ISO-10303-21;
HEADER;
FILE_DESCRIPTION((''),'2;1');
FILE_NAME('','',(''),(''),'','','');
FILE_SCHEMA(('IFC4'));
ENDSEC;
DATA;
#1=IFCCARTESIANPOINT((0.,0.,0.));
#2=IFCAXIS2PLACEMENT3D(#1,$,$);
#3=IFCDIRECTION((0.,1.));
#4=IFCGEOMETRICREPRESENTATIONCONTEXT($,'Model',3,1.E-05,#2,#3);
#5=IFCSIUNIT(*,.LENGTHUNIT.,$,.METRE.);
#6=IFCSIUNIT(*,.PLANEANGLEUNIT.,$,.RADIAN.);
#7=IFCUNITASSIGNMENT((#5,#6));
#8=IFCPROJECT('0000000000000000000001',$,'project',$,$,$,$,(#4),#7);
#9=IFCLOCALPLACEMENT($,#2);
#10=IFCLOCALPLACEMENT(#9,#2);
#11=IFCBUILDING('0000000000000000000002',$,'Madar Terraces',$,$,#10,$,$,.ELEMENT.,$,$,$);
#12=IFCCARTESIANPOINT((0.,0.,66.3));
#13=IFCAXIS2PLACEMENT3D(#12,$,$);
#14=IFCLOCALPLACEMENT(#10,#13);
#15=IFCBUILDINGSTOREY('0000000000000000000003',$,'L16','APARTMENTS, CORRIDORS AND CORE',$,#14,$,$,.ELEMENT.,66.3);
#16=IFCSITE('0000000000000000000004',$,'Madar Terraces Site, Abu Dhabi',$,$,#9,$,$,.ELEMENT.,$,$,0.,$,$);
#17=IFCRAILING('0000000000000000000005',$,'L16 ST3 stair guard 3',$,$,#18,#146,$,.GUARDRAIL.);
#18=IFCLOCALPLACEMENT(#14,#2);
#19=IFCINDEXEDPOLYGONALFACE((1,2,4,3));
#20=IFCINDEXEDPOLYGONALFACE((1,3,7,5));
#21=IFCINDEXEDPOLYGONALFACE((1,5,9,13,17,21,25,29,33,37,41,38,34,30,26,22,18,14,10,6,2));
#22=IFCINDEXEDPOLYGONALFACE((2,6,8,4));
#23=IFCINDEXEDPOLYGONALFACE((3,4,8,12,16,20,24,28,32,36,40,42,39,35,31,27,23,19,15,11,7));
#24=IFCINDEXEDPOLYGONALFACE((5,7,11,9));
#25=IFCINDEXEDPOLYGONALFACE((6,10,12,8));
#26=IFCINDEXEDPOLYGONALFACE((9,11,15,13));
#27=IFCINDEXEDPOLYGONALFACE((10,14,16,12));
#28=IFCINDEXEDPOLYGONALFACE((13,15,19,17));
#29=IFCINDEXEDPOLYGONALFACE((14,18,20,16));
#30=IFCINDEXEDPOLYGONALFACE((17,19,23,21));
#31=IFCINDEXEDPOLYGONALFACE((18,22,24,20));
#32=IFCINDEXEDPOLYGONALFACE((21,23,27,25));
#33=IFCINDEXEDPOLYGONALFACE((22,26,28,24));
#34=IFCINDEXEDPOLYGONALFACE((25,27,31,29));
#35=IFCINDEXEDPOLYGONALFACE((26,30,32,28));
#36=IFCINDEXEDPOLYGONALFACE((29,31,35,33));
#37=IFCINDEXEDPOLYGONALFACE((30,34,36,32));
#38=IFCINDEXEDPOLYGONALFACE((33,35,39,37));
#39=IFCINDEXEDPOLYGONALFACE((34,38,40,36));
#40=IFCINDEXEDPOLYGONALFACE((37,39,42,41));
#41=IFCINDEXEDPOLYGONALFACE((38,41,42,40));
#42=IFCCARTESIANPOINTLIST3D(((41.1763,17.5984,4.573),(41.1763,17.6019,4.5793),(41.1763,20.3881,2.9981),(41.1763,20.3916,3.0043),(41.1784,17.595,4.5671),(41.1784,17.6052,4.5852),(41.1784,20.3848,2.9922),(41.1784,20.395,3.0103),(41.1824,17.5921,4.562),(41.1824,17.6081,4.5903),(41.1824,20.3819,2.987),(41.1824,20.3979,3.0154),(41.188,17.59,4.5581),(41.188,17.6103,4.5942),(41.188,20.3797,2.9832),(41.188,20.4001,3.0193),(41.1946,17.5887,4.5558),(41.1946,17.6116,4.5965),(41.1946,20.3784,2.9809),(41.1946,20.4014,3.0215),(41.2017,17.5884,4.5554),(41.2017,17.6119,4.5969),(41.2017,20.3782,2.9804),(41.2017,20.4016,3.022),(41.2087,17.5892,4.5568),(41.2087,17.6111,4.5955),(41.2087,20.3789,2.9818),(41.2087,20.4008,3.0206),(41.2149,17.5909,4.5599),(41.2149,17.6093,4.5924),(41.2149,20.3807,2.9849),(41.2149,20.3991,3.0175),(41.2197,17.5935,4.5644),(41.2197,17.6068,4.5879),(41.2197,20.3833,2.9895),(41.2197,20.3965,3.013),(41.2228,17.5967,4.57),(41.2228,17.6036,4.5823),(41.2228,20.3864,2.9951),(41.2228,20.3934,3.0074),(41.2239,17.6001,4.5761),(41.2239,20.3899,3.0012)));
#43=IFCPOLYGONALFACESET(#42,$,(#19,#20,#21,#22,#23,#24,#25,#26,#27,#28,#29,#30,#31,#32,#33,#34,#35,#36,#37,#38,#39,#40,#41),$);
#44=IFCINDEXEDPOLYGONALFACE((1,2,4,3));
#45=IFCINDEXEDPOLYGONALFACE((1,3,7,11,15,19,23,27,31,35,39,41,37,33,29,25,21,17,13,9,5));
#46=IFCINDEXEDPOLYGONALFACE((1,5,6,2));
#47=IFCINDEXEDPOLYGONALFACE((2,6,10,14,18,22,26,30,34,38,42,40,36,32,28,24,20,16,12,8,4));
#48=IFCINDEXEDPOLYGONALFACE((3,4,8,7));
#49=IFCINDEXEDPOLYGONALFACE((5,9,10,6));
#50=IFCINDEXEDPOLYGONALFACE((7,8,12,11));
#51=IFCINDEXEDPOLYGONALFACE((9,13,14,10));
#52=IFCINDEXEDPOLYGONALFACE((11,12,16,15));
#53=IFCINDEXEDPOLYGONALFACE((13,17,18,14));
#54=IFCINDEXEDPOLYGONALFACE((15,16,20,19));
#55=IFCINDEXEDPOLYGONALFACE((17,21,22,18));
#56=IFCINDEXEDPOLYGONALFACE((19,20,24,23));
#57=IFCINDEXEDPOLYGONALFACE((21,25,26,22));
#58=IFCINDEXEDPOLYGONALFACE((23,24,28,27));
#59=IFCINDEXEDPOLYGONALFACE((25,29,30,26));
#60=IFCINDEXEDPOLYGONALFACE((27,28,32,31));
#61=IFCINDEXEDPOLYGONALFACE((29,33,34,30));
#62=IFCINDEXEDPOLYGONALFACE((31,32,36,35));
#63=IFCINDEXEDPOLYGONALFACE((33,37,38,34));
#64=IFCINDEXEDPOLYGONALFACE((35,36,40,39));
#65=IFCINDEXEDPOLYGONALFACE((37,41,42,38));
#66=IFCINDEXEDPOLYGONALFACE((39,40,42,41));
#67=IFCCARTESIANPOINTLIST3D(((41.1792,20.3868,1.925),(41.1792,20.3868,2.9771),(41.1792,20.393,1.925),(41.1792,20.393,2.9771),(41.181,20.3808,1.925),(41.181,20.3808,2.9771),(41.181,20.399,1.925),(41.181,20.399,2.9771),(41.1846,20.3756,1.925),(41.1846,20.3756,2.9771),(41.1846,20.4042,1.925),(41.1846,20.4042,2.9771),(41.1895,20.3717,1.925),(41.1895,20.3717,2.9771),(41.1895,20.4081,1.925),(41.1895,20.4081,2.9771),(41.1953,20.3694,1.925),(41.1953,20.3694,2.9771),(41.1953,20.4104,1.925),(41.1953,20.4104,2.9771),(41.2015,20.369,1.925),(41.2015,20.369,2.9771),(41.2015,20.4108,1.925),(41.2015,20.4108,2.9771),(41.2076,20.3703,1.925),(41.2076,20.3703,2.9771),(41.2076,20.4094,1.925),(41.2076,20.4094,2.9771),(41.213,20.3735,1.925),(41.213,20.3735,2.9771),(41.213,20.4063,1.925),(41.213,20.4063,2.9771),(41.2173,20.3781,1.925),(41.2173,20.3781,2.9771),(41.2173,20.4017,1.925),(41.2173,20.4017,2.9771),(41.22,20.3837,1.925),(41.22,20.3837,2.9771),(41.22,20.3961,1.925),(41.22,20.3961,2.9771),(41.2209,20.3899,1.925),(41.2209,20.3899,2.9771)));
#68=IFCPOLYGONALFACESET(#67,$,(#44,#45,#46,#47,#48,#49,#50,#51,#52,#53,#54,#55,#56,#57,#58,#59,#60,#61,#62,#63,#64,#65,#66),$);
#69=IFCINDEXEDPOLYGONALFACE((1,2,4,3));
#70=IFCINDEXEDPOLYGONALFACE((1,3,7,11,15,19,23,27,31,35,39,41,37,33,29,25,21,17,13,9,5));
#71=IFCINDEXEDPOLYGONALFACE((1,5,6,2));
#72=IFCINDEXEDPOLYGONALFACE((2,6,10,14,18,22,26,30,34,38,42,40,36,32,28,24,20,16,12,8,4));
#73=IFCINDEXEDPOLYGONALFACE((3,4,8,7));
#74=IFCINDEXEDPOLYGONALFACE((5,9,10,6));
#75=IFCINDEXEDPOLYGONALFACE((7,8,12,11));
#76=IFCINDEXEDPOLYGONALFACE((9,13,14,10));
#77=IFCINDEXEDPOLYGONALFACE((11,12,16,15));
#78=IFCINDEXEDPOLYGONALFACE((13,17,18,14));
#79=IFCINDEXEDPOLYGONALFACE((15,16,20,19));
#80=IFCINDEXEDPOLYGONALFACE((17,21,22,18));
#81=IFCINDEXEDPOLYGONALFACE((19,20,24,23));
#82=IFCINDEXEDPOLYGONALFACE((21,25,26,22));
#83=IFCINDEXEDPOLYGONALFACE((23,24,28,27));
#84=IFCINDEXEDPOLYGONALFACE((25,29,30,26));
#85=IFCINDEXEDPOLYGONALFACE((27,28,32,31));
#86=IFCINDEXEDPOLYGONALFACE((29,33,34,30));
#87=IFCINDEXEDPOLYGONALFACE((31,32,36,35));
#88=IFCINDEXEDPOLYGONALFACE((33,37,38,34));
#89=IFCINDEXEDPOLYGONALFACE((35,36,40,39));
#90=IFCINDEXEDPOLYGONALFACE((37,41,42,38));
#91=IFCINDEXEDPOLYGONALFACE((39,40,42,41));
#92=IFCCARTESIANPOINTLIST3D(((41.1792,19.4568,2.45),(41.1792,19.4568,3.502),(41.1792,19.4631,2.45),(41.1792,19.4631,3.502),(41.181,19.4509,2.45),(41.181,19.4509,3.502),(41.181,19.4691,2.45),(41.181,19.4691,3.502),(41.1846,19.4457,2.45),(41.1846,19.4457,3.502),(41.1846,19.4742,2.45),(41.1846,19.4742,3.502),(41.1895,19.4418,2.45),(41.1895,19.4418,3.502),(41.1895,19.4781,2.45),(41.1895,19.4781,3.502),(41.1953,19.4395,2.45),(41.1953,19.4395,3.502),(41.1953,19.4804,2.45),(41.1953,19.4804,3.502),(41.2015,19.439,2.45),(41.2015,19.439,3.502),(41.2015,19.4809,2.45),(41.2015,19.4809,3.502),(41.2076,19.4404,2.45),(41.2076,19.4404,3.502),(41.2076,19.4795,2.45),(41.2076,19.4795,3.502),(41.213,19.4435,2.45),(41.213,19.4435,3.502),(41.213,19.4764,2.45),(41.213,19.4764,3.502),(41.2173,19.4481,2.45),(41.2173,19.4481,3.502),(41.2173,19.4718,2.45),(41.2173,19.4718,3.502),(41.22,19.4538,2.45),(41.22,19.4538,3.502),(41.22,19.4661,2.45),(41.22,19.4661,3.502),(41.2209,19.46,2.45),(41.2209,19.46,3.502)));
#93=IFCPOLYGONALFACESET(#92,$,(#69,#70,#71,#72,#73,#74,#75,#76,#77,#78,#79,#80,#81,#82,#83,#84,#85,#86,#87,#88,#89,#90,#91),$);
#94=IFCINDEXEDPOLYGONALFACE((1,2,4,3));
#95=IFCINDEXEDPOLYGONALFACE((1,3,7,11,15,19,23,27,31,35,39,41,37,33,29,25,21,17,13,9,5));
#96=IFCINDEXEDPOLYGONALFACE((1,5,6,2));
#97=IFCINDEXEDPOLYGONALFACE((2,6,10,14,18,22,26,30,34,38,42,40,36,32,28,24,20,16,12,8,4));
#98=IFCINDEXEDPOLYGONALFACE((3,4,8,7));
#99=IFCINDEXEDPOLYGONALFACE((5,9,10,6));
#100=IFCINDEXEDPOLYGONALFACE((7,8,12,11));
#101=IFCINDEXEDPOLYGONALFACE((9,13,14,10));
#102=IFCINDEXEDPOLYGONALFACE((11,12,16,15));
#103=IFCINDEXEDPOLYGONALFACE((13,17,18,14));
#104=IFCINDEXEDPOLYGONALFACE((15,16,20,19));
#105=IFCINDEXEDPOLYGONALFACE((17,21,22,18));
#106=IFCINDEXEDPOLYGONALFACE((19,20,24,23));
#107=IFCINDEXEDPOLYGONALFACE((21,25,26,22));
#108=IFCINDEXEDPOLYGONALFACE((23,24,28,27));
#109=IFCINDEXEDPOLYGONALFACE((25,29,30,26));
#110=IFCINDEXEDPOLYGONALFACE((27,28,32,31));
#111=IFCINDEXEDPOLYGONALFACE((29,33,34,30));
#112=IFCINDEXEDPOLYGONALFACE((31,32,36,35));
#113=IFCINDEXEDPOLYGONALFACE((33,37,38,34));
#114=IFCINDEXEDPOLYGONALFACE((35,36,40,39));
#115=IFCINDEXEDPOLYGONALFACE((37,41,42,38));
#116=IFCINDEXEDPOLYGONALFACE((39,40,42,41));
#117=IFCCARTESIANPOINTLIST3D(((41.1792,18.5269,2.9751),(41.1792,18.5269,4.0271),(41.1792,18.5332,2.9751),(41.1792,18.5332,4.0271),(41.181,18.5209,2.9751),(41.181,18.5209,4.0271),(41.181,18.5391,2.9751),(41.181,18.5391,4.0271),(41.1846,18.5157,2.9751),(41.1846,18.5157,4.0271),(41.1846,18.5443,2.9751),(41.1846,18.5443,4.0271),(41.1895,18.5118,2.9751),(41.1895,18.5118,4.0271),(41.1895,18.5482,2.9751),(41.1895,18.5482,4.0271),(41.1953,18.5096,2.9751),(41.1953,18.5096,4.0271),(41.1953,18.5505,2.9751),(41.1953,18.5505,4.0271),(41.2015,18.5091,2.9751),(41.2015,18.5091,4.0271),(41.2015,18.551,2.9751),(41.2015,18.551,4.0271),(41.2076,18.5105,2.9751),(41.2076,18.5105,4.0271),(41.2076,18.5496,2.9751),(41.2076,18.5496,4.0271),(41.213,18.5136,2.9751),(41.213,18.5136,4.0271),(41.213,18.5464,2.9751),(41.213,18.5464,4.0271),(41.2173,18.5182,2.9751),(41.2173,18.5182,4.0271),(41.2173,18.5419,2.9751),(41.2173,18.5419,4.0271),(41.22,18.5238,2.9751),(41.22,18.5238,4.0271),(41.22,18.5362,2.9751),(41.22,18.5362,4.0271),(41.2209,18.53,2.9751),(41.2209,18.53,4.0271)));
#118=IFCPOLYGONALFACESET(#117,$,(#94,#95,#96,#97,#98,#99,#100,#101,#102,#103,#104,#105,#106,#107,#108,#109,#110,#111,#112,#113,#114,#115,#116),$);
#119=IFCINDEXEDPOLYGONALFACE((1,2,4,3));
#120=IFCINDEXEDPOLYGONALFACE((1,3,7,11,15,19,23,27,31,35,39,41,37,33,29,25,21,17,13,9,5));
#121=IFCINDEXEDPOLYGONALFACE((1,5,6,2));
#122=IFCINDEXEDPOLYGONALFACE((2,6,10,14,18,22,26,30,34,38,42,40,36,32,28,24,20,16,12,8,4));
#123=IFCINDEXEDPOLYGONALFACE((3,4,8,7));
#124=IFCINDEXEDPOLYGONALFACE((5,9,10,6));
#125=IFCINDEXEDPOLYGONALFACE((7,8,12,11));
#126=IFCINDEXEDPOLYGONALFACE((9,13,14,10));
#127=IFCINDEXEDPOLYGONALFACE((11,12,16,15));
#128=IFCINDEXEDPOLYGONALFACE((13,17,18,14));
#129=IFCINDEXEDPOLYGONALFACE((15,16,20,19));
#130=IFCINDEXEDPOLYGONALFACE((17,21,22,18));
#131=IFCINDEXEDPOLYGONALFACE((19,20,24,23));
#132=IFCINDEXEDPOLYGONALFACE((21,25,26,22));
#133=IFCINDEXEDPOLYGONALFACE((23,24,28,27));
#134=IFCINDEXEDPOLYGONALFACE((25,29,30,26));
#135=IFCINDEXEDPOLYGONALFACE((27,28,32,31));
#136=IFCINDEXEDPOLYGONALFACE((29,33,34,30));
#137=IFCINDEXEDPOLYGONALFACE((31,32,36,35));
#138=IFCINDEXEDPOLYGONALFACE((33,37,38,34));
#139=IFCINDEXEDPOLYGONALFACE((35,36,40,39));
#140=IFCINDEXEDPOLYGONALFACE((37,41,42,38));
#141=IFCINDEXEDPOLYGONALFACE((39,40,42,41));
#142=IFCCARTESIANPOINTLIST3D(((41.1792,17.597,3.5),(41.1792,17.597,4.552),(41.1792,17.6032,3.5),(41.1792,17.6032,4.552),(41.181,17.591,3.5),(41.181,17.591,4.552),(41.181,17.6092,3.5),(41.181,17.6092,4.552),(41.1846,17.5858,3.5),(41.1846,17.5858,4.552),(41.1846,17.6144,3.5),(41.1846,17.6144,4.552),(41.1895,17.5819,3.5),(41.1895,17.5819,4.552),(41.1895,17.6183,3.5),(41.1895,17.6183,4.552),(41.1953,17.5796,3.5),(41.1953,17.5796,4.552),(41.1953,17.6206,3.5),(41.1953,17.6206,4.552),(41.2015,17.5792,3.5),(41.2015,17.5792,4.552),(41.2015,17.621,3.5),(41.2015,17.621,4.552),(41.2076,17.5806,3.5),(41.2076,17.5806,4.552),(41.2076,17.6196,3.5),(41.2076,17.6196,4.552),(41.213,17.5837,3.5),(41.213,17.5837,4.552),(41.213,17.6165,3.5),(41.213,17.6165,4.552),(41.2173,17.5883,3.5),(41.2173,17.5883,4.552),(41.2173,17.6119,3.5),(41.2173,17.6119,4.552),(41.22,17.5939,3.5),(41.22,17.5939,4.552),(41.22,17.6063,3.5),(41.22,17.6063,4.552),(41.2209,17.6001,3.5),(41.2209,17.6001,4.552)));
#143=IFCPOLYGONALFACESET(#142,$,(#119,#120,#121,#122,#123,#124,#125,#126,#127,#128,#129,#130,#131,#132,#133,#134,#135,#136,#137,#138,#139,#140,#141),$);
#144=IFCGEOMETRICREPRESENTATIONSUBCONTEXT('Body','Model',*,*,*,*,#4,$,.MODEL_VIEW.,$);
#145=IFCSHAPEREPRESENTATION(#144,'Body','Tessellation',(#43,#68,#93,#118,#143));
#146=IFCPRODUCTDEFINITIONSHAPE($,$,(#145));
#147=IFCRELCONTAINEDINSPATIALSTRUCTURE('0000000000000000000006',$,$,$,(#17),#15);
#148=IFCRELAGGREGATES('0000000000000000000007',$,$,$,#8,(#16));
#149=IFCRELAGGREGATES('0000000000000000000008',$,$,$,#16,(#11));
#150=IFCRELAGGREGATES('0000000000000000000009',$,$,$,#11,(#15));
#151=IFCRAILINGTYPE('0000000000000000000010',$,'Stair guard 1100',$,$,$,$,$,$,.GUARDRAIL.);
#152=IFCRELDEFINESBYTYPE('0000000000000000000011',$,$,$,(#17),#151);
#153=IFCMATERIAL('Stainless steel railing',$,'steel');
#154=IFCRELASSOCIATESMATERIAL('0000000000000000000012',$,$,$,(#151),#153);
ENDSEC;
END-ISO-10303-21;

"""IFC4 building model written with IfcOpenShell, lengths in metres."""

from ifc_helpers import new_model, si_unit, direction, frame, origin, origin_2d, place, context, subcontext, project, spatial, circle, extrude, material, type_object, element, save


model = new_model("IFC4")

# Units and contexts
model_context = context("Model", 3, precision=1e-05, world=origin(), true_north=direction((0.0, 1.0)))
body_context = subcontext(model_context, "Body", "Model", "MODEL_VIEW")
ifc_project = project(units=[si_unit("LENGTHUNIT", "METRE"), si_unit("PLANEANGLEUNIT", "RADIAN")], contexts=[model_context])

# Site, building, storey
site_placement = place(None, origin())
site = spatial("IfcSite", under=ifc_project, at=site_placement, Name="Madar Terraces Site, Abu Dhabi", CompositionType="ELEMENT", RefElevation=0.0)
building_placement = place(site_placement, origin())
building = spatial("IfcBuilding", under=site, at=building_placement, Name="Madar Terraces", CompositionType="ELEMENT")
storey_placement = place(building_placement, frame((0.0, 0.0, 66.3)))
storey = spatial("IfcBuildingStorey", under=building, at=storey_placement, Name="L16", Description="APARTMENTS, CORRIDORS AND CORE", CompositionType="ELEMENT", Elevation=66.3)

# Railing
ifc_material_1 = material(Name="Stainless steel railing", Category="steel")
railing_type_1 = type_object("IfcRailingType", Name="Stair guard 1100", PredefinedType="GUARDRAIL", material=ifc_material_1)
railing_1_placement = place(storey_placement, frame((41.2, 20.3899, 1.925)))
element("IfcRailing", 1, at=railing_1_placement, inside=storey, type_object=railing_type_1, Name="L16 ST3 stair guard 3", PredefinedType="GUARDRAIL", context=body_context, shape_type="SweptSolid", body=[
    extrude(circle(Radius=0.0239, at=origin_2d()), frame((0.0, 0.0, 1.0762), z_axis=(0.0, -0.870815, 0.49161), x_axis=(1.0, 0.0, 0.0)), (0.0, 0.0, 1.0), 3.2036),
    extrude(circle(Radius=0.021, at=origin_2d()), origin(), (0.0, 0.0, 1.0), 1.052),
    extrude(circle(Radius=0.021, at=origin_2d()), frame((0.0, -0.9299, 0.5249)), (0.0, 0.0, 1.0), 1.052),
    extrude(circle(Radius=0.021, at=origin_2d()), frame((0.0, -1.8599, 1.05)), (0.0, 0.0, 1.0), 1.052),
    extrude(circle(Radius=0.021, at=origin_2d()), frame((0.0, -2.7898, 1.575)), (0.0, 0.0, 1.0), 1.052),
])

save(model, "model.ifc")
